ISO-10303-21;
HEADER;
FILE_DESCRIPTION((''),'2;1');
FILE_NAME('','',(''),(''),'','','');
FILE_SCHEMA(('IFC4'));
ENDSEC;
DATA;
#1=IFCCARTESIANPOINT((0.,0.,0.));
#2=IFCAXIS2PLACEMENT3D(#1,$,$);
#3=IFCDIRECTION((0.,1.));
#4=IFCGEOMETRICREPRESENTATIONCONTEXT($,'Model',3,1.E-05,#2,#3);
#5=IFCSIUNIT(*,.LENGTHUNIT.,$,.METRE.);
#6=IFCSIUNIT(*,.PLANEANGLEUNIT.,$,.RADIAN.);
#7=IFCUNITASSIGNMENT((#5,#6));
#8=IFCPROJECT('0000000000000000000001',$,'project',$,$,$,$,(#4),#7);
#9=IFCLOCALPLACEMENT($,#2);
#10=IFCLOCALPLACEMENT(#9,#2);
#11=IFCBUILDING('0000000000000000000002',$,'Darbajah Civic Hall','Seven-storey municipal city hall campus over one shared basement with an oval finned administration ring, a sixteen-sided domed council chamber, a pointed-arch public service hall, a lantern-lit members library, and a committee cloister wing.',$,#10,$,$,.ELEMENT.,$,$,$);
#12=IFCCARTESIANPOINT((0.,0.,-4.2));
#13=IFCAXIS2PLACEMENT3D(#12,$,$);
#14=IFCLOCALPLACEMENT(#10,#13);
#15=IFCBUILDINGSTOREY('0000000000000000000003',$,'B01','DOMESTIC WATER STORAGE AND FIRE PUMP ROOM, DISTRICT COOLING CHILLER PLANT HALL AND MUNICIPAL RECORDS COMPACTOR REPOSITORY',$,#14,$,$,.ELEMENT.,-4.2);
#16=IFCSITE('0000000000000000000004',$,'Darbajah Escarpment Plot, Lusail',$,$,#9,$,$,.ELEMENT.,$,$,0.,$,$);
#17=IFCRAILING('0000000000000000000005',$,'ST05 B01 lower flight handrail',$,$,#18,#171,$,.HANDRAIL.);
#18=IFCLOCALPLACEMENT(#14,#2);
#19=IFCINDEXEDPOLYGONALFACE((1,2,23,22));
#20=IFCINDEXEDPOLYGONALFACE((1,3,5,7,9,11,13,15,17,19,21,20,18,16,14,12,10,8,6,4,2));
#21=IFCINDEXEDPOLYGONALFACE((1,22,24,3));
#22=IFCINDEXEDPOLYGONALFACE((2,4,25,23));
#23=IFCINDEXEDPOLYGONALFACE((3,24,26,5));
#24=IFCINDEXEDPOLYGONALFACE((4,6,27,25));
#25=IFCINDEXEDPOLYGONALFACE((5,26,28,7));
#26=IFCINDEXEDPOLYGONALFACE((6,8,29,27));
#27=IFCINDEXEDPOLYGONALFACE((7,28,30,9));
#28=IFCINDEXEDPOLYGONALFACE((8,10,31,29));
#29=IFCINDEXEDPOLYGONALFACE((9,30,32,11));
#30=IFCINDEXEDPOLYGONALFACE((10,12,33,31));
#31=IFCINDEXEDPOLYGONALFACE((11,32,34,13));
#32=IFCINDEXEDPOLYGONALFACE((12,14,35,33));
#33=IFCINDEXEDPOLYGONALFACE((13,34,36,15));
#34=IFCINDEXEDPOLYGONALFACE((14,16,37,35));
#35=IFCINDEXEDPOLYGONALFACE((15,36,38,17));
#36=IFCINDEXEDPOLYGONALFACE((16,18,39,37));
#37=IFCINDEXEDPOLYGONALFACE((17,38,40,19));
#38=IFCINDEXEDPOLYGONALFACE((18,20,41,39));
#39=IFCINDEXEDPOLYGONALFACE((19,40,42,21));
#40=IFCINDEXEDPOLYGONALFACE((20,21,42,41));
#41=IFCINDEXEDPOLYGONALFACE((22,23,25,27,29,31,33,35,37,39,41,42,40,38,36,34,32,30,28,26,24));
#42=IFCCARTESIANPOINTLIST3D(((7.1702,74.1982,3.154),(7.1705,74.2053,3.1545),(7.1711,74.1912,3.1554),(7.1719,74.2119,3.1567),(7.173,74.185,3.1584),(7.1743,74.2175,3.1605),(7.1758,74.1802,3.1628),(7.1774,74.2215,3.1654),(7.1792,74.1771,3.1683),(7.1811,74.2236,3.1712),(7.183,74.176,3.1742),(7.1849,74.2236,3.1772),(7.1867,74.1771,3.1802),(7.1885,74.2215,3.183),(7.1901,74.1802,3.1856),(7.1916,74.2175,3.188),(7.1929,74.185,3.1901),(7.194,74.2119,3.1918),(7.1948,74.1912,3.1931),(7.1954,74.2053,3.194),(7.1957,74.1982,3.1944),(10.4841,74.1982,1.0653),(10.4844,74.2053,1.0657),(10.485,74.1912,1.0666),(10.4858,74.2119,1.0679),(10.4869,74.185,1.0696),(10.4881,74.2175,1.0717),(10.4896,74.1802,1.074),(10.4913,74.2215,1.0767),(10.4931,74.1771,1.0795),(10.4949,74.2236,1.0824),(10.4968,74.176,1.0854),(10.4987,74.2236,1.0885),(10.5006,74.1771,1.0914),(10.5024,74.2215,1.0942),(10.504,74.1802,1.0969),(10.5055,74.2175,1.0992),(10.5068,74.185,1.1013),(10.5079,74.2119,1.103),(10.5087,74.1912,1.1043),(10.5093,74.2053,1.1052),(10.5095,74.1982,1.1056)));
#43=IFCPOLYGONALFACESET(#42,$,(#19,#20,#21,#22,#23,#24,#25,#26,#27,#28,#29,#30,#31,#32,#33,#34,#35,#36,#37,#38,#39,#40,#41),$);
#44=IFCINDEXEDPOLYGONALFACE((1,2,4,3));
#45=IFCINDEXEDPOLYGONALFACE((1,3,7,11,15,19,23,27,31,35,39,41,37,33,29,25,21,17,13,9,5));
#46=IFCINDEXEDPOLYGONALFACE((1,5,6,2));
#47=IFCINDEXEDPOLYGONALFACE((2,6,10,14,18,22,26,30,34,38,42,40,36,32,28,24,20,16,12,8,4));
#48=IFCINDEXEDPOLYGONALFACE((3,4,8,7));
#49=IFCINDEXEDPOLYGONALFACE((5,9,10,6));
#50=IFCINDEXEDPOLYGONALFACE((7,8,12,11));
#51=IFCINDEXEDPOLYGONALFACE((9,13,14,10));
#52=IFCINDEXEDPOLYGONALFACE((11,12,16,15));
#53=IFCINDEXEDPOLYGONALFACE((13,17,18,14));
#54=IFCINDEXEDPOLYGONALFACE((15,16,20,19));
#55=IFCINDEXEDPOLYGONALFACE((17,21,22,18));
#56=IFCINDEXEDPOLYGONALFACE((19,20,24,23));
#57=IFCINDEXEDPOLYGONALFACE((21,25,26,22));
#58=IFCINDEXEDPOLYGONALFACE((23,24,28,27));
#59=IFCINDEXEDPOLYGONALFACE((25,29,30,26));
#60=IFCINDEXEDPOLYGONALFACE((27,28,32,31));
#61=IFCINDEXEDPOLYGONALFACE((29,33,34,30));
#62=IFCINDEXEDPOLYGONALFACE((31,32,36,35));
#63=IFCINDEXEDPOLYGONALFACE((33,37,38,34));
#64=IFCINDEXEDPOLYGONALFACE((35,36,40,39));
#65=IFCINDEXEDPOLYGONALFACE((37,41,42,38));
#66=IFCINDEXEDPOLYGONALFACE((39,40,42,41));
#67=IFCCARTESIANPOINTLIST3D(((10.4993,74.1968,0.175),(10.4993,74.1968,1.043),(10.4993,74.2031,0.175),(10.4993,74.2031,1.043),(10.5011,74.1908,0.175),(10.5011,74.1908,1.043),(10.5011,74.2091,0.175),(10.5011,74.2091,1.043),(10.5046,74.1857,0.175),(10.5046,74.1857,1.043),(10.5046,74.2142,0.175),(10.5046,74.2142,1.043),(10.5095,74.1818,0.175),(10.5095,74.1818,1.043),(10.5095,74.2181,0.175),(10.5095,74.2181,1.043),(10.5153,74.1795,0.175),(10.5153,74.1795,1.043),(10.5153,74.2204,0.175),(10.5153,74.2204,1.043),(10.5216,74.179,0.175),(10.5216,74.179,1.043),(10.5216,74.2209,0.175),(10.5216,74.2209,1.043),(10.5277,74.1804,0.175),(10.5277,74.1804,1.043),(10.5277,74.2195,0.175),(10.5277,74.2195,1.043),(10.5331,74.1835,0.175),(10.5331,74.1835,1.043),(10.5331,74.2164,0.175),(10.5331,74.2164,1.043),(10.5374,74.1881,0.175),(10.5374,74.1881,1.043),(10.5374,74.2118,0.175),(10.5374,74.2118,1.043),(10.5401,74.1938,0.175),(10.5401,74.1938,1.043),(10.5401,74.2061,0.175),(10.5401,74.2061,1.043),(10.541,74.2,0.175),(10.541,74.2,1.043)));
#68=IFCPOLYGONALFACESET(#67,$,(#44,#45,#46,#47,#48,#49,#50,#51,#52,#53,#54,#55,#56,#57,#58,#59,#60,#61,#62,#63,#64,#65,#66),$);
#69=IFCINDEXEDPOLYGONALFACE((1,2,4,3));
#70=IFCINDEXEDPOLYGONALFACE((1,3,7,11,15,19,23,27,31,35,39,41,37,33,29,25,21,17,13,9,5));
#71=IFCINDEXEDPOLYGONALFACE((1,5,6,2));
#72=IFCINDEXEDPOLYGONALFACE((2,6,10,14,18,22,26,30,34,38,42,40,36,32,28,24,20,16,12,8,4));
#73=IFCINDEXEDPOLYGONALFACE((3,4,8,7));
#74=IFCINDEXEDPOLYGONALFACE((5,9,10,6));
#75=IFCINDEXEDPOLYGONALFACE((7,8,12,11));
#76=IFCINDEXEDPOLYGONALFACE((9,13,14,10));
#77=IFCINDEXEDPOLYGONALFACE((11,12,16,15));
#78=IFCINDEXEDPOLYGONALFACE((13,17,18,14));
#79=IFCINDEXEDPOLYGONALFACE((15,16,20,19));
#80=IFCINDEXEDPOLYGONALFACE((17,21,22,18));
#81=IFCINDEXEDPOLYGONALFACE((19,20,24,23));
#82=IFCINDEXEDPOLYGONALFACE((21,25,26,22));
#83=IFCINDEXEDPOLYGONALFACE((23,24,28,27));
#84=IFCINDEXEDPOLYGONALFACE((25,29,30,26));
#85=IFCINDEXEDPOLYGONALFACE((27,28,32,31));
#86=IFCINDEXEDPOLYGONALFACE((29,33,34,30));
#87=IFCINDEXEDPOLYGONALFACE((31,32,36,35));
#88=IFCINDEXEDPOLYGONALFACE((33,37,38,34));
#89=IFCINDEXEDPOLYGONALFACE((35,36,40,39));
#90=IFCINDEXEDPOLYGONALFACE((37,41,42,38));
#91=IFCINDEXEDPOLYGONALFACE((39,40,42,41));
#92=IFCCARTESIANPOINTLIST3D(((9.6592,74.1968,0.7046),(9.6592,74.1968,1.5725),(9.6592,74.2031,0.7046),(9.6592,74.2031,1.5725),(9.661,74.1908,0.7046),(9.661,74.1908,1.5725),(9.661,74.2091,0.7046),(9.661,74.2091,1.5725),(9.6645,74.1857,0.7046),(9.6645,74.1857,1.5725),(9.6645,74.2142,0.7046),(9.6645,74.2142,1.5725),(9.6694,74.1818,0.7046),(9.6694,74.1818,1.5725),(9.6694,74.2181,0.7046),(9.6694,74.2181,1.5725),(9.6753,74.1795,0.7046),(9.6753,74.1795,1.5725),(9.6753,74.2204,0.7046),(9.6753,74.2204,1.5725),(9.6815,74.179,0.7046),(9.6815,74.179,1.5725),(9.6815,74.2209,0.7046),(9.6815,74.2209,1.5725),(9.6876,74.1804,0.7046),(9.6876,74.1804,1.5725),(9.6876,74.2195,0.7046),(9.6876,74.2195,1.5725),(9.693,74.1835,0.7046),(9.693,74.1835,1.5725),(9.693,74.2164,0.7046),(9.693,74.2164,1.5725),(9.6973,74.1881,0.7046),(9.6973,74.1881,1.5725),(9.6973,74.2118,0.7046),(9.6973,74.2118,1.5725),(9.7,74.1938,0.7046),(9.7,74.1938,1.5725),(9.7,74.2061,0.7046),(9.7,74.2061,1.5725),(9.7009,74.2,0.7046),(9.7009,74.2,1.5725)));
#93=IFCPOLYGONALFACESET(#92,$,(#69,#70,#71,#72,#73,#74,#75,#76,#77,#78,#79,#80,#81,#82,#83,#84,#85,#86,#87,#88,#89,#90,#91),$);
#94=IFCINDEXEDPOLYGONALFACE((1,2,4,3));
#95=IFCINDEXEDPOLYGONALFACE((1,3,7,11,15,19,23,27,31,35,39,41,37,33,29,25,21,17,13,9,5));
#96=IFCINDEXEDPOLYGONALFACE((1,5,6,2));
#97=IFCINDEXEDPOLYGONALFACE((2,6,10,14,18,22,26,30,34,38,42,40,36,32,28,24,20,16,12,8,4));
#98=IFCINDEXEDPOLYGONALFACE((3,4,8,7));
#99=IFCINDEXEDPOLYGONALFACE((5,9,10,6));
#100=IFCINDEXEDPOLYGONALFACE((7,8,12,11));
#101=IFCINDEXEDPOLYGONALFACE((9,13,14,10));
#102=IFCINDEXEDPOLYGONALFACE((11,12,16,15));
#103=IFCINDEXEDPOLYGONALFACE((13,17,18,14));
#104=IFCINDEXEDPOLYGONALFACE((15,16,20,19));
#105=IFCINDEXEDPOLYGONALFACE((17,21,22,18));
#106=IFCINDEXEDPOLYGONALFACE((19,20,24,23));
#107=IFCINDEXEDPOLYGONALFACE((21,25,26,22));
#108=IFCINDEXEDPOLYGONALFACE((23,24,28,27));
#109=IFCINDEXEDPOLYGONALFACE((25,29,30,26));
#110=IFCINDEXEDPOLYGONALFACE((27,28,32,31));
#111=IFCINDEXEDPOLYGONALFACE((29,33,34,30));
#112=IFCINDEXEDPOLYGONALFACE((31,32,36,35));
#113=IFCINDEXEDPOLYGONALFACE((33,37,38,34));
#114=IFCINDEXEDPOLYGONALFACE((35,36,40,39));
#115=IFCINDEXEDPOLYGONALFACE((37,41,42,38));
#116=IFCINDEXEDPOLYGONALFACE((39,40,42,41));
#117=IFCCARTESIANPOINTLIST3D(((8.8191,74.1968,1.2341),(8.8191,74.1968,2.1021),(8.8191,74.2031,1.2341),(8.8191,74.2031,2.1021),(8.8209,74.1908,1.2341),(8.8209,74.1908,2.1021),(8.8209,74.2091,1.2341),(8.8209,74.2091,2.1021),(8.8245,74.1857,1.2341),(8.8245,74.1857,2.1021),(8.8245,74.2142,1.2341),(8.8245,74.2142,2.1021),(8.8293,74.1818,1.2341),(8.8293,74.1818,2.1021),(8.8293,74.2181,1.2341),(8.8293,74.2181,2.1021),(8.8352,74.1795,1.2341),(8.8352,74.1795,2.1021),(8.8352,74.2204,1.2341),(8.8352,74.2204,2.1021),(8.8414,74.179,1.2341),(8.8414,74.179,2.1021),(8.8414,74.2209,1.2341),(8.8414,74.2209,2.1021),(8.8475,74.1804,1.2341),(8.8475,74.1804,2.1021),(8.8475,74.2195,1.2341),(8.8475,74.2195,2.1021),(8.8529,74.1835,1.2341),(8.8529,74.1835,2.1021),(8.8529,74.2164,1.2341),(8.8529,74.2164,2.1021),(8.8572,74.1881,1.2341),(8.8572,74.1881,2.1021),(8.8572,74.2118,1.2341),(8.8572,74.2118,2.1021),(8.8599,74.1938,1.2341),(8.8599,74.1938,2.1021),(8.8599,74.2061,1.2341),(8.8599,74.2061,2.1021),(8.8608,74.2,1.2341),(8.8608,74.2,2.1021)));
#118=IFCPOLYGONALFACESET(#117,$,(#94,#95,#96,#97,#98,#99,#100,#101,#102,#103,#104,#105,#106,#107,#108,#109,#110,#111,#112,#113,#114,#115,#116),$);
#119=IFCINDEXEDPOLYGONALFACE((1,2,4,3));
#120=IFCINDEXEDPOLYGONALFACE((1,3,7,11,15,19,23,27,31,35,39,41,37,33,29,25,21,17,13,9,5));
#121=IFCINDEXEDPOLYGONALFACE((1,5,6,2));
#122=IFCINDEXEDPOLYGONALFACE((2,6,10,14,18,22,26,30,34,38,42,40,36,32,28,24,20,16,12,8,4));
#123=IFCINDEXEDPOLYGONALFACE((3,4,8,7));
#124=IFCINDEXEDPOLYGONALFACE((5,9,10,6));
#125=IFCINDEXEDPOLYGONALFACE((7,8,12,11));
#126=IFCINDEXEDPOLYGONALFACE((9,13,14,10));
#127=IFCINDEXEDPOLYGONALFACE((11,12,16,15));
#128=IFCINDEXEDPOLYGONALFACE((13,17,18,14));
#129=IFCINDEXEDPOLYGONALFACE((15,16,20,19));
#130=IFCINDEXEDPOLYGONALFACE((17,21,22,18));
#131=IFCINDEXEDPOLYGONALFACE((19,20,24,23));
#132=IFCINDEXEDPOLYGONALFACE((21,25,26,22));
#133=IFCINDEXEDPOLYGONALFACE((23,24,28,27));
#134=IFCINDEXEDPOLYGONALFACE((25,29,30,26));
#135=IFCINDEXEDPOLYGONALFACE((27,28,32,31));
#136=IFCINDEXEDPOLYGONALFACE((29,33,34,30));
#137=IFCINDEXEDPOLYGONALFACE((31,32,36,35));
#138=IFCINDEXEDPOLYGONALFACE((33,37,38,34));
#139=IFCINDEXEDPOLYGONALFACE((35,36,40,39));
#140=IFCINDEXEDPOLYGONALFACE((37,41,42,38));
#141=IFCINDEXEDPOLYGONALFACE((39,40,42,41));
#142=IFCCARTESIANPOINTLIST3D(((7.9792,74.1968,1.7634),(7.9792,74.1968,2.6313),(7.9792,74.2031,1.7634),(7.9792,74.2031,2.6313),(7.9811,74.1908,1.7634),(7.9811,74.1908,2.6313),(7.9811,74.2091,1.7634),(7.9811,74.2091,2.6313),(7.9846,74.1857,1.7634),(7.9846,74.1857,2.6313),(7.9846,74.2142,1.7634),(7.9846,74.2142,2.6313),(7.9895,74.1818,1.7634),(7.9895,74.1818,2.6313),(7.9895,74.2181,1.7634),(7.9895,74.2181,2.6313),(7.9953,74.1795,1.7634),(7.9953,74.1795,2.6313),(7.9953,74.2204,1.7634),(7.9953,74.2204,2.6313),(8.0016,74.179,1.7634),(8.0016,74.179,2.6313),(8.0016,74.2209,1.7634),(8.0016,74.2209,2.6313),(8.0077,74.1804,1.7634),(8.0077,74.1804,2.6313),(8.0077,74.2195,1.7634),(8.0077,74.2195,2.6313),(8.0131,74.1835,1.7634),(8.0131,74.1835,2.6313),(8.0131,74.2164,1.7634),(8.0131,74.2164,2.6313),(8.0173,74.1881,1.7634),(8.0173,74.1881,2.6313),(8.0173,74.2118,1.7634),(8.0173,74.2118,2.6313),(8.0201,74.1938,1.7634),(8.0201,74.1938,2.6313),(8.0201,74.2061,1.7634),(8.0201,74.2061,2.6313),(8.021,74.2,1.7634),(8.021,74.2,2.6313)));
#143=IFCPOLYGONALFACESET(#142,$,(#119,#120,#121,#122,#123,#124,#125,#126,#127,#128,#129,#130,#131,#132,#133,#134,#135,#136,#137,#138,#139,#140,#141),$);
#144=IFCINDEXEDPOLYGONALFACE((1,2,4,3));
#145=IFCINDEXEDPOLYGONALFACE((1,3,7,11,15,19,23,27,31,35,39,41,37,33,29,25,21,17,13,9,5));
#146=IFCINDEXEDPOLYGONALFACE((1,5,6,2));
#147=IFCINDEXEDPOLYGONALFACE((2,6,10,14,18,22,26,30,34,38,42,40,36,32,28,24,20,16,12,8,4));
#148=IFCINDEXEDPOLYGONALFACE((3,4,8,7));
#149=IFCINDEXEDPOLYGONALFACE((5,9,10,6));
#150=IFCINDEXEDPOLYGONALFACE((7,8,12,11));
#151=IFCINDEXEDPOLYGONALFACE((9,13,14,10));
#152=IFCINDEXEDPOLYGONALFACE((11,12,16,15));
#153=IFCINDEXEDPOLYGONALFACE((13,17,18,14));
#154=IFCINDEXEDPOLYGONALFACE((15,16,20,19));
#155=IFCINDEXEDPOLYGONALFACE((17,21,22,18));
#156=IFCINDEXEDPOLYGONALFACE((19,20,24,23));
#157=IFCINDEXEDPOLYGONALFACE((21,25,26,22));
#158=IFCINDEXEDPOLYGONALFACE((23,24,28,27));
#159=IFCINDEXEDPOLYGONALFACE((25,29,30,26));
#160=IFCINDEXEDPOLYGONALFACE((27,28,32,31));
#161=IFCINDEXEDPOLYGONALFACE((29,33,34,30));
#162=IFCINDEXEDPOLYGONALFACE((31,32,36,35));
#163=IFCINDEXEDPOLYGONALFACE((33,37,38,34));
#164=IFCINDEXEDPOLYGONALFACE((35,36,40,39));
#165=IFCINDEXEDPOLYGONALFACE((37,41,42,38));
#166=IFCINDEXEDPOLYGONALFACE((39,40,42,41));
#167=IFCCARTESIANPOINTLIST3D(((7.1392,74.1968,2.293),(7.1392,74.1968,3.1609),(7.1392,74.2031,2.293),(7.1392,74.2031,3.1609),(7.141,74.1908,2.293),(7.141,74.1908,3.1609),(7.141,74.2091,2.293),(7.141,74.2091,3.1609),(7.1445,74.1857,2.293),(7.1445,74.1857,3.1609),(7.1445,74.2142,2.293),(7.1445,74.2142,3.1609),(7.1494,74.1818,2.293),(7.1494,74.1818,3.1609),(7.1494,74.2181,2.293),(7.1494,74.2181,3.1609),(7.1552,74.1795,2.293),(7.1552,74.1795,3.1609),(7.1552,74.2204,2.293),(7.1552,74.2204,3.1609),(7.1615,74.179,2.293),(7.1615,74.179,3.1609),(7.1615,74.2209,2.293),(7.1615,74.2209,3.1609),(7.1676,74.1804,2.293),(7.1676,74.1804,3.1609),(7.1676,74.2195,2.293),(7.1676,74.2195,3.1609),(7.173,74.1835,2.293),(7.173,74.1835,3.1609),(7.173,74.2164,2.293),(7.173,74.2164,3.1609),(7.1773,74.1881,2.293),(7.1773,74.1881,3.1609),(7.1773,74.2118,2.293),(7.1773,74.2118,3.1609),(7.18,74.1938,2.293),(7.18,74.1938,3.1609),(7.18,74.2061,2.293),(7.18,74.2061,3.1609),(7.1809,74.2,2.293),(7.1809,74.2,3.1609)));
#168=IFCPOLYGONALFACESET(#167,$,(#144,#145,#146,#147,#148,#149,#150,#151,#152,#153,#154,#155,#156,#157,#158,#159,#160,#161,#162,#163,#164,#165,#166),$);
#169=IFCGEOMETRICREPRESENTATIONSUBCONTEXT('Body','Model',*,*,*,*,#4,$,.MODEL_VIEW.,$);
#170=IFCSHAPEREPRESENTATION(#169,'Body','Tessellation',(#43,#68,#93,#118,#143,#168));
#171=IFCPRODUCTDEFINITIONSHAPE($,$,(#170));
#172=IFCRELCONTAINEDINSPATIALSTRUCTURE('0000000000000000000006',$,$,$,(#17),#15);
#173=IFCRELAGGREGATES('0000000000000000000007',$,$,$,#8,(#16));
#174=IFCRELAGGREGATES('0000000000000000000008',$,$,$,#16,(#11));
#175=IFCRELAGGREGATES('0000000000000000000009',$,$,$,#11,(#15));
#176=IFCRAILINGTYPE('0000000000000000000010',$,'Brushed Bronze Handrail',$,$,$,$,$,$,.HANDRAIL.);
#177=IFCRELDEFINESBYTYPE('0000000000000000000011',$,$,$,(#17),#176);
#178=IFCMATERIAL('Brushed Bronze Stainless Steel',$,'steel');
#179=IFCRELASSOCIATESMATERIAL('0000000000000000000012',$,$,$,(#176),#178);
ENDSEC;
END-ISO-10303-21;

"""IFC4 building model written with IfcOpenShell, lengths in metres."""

from ifc_helpers import new_model, si_unit, direction, frame, origin, origin_2d, place, context, subcontext, project, spatial, circle, extrude, material, type_object, element, save


model = new_model("IFC4")

# Units and contexts
model_context = context("Model", 3, precision=1e-05, world=origin(), true_north=direction((0.0, 1.0)))
body_context = subcontext(model_context, "Body", "Model", "MODEL_VIEW")
ifc_project = project(units=[si_unit("LENGTHUNIT", "METRE"), si_unit("PLANEANGLEUNIT", "RADIAN")], contexts=[model_context])

# Site, building, storey
site_placement = place(None, origin())
site = spatial("IfcSite", under=ifc_project, at=site_placement, Name="Darbajah Escarpment Plot, Lusail", CompositionType="ELEMENT", RefElevation=0.0)
building_placement = place(site_placement, origin())
building = spatial("IfcBuilding", under=site, at=building_placement, Name="Darbajah Civic Hall", Description="Seven-storey municipal city hall campus over one shared basement with an oval finned administration ring, a sixteen-sided domed council chamber, a pointed-arch public service hall, a lantern-lit members library, and a committee cloister wing.", CompositionType="ELEMENT")
storey_placement = place(building_placement, frame((0.0, 0.0, -4.2)))
storey = spatial("IfcBuildingStorey", under=building, at=storey_placement, Name="B01", Description="DOMESTIC WATER STORAGE AND FIRE PUMP ROOM, DISTRICT COOLING CHILLER PLANT HALL AND MUNICIPAL RECORDS COMPACTOR REPOSITORY", CompositionType="ELEMENT", Elevation=-4.2)

# Railing
ifc_material_1 = material(Name="Brushed Bronze Stainless Steel", Category="steel")
railing_type_1 = type_object("IfcRailingType", Name="Brushed Bronze Handrail", PredefinedType="HANDRAIL", material=ifc_material_1)
railing_1_placement = place(storey_placement, frame((10.52, 74.2, 0.175)))
element("IfcRailing", 1, at=railing_1_placement, inside=storey, type_object=railing_type_1, Name="ST05 B01 lower flight handrail", PredefinedType="HANDRAIL", context=body_context, shape_type="SweptSolid", body=[
    extrude(circle(Radius=0.0239, at=origin_2d()), frame((-0.0232, 0.0, 0.9104), z_axis=(-0.845972, 0.0, 0.533227), x_axis=(0.0, -1.0, 0.0)), (0.0, 0.0, 1.0), 3.9172),
    extrude(circle(Radius=0.021, at=origin_2d()), origin(), (0.0, 0.0, 1.0), 0.8679),
    extrude(circle(Radius=0.021, at=origin_2d()), frame((-0.8401, 0.0, 0.5295)), (0.0, 0.0, 1.0), 0.8679),
    extrude(circle(Radius=0.021, at=origin_2d()), frame((-1.6802, 0.0, 1.0591)), (0.0, 0.0, 1.0), 0.8679),
    extrude(circle(Radius=0.021, at=origin_2d()), frame((-2.52, 0.0, 1.5884)), (0.0, 0.0, 1.0), 0.8679),
    extrude(circle(Radius=0.021, at=origin_2d()), frame((-3.3601, 0.0, 2.1179)), (0.0, 0.0, 1.0), 0.8679),
])

save(model, "model.ifc")
